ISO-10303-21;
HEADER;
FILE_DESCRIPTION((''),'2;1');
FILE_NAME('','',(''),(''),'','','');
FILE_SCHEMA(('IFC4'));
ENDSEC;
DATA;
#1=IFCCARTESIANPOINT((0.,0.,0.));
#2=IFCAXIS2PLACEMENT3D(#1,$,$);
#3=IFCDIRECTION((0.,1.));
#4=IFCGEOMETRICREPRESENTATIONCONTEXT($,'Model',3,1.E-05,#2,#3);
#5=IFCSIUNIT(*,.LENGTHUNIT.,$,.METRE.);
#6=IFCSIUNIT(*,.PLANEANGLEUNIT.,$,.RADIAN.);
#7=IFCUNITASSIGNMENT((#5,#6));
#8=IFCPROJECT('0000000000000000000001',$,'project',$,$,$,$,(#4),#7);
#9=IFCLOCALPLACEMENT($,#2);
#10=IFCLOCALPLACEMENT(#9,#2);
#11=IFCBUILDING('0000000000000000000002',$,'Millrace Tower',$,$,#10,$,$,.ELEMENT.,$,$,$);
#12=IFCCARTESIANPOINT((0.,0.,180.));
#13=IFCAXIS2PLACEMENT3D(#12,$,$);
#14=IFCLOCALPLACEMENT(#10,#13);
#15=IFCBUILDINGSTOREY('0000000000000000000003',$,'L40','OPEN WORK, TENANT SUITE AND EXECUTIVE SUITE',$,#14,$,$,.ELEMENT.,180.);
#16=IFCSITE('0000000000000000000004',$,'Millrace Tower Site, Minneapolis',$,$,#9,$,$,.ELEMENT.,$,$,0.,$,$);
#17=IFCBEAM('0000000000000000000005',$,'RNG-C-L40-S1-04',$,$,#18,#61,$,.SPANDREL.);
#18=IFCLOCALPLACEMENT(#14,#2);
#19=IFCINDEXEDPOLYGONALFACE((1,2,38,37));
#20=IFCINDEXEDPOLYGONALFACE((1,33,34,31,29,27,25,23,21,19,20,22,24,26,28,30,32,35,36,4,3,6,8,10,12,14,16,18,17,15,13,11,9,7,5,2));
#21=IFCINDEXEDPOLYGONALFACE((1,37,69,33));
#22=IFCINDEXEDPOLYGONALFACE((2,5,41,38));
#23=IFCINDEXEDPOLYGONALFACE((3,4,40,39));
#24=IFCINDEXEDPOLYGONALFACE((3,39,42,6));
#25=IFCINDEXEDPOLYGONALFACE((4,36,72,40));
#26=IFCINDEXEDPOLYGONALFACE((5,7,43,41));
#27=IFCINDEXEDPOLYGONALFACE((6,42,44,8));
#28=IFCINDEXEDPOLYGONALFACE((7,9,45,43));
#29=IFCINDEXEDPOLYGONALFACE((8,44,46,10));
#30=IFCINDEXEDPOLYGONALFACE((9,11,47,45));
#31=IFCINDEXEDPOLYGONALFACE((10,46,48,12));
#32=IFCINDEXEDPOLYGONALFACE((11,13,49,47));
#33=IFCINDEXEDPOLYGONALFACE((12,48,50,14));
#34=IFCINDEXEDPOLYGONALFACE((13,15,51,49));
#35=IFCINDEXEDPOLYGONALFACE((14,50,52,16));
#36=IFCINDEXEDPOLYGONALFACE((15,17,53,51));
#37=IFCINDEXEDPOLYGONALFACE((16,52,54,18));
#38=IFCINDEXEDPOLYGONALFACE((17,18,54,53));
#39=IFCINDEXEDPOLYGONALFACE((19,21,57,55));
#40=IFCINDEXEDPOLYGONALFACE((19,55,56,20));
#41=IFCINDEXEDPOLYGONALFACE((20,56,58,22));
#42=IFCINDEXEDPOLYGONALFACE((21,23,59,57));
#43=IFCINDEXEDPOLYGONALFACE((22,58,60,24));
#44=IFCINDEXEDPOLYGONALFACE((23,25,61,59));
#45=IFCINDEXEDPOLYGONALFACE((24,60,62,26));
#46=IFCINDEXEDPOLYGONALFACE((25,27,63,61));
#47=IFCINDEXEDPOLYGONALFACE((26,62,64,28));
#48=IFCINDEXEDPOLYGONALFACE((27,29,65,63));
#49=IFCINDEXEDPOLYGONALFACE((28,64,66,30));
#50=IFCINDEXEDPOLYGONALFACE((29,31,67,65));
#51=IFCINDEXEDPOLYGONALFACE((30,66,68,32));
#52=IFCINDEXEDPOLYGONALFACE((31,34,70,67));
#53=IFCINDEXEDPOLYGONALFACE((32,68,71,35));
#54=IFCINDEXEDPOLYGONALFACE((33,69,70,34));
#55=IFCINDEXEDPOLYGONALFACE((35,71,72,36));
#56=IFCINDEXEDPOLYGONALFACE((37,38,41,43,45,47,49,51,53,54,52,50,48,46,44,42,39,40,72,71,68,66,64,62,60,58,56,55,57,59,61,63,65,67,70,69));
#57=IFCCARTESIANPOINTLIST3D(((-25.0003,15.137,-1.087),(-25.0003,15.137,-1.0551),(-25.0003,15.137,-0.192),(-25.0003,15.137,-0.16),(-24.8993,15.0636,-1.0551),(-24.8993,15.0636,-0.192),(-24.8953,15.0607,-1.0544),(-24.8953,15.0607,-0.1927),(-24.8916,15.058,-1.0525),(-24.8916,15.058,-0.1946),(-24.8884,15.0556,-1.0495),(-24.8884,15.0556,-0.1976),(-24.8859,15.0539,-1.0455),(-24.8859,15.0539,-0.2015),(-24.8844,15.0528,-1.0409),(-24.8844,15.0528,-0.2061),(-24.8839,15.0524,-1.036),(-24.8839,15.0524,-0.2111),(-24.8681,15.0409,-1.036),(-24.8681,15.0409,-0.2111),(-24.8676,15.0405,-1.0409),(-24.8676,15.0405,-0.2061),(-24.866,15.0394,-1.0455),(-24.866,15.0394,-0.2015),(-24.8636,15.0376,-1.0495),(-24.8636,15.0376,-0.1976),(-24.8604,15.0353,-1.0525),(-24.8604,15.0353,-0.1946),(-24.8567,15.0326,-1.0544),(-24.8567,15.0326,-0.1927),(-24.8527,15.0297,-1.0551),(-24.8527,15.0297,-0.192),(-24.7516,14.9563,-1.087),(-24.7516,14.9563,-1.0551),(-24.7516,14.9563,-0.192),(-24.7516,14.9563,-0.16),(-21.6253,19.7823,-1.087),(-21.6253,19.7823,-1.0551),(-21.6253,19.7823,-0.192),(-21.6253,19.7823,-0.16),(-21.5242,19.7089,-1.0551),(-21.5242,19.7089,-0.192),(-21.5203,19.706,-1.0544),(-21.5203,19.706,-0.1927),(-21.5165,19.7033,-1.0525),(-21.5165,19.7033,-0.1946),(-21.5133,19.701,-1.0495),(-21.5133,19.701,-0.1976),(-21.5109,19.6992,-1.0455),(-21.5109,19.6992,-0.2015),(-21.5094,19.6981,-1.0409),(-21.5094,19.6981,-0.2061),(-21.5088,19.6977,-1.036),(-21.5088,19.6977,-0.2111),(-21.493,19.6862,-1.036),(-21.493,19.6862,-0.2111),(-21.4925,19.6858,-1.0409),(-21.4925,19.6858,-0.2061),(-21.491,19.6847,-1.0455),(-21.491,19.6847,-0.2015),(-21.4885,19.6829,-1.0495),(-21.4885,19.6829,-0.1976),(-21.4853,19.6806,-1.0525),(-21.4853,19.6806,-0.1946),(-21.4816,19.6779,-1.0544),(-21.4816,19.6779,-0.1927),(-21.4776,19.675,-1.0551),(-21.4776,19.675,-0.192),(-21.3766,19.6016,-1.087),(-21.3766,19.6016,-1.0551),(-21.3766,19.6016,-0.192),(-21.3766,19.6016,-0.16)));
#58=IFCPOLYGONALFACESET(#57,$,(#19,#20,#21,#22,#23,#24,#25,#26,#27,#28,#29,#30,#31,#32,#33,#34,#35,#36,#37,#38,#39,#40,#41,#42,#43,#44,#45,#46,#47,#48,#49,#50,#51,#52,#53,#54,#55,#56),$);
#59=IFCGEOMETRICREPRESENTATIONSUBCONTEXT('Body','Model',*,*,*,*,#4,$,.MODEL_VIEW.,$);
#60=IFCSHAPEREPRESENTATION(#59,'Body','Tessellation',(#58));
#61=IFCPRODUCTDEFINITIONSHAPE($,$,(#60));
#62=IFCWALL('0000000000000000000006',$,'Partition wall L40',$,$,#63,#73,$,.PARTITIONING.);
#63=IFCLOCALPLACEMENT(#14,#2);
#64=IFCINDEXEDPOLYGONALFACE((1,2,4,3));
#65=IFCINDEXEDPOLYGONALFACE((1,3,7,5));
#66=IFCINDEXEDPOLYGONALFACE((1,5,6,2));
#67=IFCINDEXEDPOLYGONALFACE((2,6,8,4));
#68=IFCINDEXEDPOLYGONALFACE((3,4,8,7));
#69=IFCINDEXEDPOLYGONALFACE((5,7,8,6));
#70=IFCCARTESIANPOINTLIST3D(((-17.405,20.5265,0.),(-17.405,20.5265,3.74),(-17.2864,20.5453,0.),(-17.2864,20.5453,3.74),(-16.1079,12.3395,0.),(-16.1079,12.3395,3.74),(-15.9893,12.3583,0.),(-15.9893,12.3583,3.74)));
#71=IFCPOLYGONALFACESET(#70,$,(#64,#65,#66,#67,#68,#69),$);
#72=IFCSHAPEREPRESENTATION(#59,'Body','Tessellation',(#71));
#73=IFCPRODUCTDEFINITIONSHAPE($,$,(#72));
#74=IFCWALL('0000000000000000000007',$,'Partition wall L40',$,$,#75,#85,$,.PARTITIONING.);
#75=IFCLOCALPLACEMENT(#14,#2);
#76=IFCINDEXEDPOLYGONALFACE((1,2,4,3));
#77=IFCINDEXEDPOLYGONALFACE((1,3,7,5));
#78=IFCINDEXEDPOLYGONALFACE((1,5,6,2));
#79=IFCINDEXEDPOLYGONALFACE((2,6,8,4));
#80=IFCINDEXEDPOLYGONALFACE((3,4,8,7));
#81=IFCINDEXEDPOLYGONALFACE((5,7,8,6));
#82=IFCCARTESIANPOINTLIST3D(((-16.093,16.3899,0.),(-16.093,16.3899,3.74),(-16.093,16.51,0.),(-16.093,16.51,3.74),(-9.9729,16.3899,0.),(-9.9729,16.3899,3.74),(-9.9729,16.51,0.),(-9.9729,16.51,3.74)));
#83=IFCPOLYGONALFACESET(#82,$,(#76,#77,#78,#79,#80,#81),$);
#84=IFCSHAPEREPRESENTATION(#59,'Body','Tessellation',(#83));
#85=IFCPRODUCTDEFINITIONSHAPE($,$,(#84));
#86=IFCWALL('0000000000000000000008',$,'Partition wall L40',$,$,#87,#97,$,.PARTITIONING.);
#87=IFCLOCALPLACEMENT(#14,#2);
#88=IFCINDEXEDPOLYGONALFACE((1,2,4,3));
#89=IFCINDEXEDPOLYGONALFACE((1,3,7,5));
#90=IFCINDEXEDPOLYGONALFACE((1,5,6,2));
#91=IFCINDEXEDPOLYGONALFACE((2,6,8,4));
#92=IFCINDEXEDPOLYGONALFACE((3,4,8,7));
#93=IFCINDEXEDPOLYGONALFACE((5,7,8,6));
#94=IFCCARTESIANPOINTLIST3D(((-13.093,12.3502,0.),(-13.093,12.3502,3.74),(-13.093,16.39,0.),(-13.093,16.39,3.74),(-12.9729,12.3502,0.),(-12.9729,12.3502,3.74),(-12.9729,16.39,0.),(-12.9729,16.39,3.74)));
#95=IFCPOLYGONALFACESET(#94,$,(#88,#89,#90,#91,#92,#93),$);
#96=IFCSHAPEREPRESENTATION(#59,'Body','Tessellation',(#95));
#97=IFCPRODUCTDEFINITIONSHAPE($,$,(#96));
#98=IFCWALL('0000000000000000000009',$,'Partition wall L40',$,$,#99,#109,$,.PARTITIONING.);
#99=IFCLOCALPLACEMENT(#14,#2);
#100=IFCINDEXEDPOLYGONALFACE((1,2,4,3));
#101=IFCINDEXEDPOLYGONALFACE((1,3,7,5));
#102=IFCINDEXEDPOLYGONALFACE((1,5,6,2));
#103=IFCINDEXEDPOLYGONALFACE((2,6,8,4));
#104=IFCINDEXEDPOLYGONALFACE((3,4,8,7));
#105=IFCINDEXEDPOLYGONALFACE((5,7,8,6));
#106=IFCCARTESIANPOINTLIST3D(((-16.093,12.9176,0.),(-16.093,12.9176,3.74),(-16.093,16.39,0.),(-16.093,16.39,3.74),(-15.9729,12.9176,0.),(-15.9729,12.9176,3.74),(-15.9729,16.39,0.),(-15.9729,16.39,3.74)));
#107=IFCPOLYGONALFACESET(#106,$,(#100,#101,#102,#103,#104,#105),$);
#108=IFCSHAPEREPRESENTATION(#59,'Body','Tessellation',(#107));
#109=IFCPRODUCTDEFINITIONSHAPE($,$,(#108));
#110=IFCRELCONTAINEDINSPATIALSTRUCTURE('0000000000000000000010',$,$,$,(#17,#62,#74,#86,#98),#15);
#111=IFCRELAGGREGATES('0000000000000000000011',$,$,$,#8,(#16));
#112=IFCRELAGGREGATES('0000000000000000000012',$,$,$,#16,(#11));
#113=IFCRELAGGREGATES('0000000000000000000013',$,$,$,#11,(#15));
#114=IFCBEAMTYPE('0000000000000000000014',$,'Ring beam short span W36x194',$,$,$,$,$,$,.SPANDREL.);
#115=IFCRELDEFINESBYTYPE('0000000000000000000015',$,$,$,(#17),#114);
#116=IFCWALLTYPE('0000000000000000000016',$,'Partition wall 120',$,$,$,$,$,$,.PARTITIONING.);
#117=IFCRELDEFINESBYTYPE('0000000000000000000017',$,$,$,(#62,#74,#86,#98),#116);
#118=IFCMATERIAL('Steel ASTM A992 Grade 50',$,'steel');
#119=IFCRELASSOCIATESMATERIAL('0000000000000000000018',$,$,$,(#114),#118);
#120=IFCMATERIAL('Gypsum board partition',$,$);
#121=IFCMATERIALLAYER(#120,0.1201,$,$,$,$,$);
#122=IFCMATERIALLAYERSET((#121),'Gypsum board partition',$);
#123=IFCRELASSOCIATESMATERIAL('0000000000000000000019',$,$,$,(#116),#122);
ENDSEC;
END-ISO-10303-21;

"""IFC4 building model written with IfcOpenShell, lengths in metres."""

from ifc_helpers import new_model, si_unit, direction, frame, frame_2d, origin, origin_2d, place, context, subcontext, project, spatial, rectangle, i_section, extrude, material, layer, layer_set, material_profile, profile_set, type_object, element, save


model = new_model("IFC4")

# Units and contexts
model_context = context("Model", 3, precision=1e-05, world=origin(), true_north=direction((0.0, 1.0)))
body_context = subcontext(model_context, "Body", "Model", "MODEL_VIEW")
ifc_project = project(units=[si_unit("LENGTHUNIT", "METRE"), si_unit("PLANEANGLEUNIT", "RADIAN")], contexts=[model_context])

# Site, building, storey
site_placement = place(None, origin())
site = spatial("IfcSite", under=ifc_project, at=site_placement, Name="Millrace Tower Site, Minneapolis", CompositionType="ELEMENT", RefElevation=0.0)
building_placement = place(site_placement, origin())
building = spatial("IfcBuilding", under=site, at=building_placement, Name="Millrace Tower", CompositionType="ELEMENT")
storey_placement = place(building_placement, frame((0.0, 0.0, 180.0)))
storey = spatial("IfcBuildingStorey", under=building, at=storey_placement, Name="L40", Description="OPEN WORK, TENANT SUITE AND EXECUTIVE SUITE", CompositionType="ELEMENT", Elevation=180.0)

# Beam
ifc_material_1 = material(Name="Steel ASTM A992 Grade 50", Category="steel")
ifc_material_profile_1 = material_profile(ifc_material_1, i_section(OverallWidth=0.3074, OverallDepth=0.927, WebThickness=0.0195, FlangeThickness=0.032, FilletRadius=0.019, at=origin_2d()))
ifc_profile_set_1 = profile_set([ifc_material_profile_1], Name="Steel ASTM A992 Grade 50")
beam_type_1 = type_object("IfcBeamType", Name="Ring beam short span W36x194", PredefinedType="SPANDREL", material=ifc_profile_set_1)
beam_1_placement = place(storey_placement, frame((-24.876, 15.0466, -0.6235), z_axis=(0.587787, 0.809015, 0.0), x_axis=(-0.809015, 0.587787, 0.0)))
element("IfcBeam", 1, at=beam_1_placement, inside=storey, type_object=beam_type_1, Name="RNG-C-L40-S1-04", PredefinedType="SPANDREL", context=body_context, shape_type="SweptSolid", body=[
    extrude(i_section(OverallWidth=0.3074, OverallDepth=0.927, WebThickness=0.0195, FlangeThickness=0.032, FilletRadius=0.019, at=origin_2d()), origin(), (0.0, 0.0, 1.0), 5.7419),
])

# Walls
ifc_material_2 = material(Name="Gypsum board partition")
ifc_layer_1 = layer(ifc_material_2, 0.1201)
ifc_layer_set_1 = layer_set([ifc_layer_1], Name="Gypsum board partition")
wall_type = type_object("IfcWallType", Name="Partition wall 120", PredefinedType="PARTITIONING", material=ifc_layer_set_1)
wall_1_placement = place(storey_placement, frame((-17.3457, 20.5359, 0.0), z_axis=(0.0, 0.0, 1.0), x_axis=(0.156484, -0.98768, 0.0)))
element("IfcWall", 2, at=wall_1_placement, inside=storey, type_object=wall_type, Name="Partition wall L40", PredefinedType="PARTITIONING", context=body_context, shape_type="SweptSolid", body=[
    extrude(rectangle(XDim=8.2891, YDim=0.1201, at=frame_2d((4.1445, 0.0))), origin(), (0.0, 0.0, 1.0), 3.74),
])
wall_2_placement = place(storey_placement, frame((-16.093, 16.45, 0.0), z_axis=(0.0, 0.0, 1.0), x_axis=(1.0, 0.0, 0.0)))
element("IfcWall", 3, at=wall_2_placement, inside=storey, type_object=wall_type, Name="Partition wall L40", PredefinedType="PARTITIONING", context=body_context, shape_type="SweptSolid", body=[
    extrude(rectangle(XDim=6.1201, YDim=0.1201, at=frame_2d((3.0601, 0.0))), origin(), (0.0, 0.0, 1.0), 3.74),
])
wall_3_placement = place(storey_placement, frame((-13.033, 12.3501, 0.0), z_axis=(0.0, 0.0, 1.0), x_axis=(0.0, 1.0, 0.0)))
element("IfcWall", 4, at=wall_3_placement, inside=storey, type_object=wall_type, Name="Partition wall L40", PredefinedType="PARTITIONING", context=body_context, shape_type="SweptSolid", body=[
    extrude(rectangle(XDim=4.0398, YDim=0.1201, at=frame_2d((2.02, 0.0))), origin(), (0.0, 0.0, 1.0), 3.74),
])
wall_4_placement = place(storey_placement, frame((-16.033, 12.9175, 0.0), z_axis=(0.0, 0.0, 1.0), x_axis=(0.0, 1.0, 0.0)))
element("IfcWall", 5, at=wall_4_placement, inside=storey, type_object=wall_type, Name="Partition wall L40", PredefinedType="PARTITIONING", context=body_context, shape_type="SweptSolid", body=[
    extrude(rectangle(XDim=3.4724, YDim=0.1201, at=frame_2d((1.7363, 0.0))), origin(), (0.0, 0.0, 1.0), 3.74),
])

save(model, "model.ifc")
